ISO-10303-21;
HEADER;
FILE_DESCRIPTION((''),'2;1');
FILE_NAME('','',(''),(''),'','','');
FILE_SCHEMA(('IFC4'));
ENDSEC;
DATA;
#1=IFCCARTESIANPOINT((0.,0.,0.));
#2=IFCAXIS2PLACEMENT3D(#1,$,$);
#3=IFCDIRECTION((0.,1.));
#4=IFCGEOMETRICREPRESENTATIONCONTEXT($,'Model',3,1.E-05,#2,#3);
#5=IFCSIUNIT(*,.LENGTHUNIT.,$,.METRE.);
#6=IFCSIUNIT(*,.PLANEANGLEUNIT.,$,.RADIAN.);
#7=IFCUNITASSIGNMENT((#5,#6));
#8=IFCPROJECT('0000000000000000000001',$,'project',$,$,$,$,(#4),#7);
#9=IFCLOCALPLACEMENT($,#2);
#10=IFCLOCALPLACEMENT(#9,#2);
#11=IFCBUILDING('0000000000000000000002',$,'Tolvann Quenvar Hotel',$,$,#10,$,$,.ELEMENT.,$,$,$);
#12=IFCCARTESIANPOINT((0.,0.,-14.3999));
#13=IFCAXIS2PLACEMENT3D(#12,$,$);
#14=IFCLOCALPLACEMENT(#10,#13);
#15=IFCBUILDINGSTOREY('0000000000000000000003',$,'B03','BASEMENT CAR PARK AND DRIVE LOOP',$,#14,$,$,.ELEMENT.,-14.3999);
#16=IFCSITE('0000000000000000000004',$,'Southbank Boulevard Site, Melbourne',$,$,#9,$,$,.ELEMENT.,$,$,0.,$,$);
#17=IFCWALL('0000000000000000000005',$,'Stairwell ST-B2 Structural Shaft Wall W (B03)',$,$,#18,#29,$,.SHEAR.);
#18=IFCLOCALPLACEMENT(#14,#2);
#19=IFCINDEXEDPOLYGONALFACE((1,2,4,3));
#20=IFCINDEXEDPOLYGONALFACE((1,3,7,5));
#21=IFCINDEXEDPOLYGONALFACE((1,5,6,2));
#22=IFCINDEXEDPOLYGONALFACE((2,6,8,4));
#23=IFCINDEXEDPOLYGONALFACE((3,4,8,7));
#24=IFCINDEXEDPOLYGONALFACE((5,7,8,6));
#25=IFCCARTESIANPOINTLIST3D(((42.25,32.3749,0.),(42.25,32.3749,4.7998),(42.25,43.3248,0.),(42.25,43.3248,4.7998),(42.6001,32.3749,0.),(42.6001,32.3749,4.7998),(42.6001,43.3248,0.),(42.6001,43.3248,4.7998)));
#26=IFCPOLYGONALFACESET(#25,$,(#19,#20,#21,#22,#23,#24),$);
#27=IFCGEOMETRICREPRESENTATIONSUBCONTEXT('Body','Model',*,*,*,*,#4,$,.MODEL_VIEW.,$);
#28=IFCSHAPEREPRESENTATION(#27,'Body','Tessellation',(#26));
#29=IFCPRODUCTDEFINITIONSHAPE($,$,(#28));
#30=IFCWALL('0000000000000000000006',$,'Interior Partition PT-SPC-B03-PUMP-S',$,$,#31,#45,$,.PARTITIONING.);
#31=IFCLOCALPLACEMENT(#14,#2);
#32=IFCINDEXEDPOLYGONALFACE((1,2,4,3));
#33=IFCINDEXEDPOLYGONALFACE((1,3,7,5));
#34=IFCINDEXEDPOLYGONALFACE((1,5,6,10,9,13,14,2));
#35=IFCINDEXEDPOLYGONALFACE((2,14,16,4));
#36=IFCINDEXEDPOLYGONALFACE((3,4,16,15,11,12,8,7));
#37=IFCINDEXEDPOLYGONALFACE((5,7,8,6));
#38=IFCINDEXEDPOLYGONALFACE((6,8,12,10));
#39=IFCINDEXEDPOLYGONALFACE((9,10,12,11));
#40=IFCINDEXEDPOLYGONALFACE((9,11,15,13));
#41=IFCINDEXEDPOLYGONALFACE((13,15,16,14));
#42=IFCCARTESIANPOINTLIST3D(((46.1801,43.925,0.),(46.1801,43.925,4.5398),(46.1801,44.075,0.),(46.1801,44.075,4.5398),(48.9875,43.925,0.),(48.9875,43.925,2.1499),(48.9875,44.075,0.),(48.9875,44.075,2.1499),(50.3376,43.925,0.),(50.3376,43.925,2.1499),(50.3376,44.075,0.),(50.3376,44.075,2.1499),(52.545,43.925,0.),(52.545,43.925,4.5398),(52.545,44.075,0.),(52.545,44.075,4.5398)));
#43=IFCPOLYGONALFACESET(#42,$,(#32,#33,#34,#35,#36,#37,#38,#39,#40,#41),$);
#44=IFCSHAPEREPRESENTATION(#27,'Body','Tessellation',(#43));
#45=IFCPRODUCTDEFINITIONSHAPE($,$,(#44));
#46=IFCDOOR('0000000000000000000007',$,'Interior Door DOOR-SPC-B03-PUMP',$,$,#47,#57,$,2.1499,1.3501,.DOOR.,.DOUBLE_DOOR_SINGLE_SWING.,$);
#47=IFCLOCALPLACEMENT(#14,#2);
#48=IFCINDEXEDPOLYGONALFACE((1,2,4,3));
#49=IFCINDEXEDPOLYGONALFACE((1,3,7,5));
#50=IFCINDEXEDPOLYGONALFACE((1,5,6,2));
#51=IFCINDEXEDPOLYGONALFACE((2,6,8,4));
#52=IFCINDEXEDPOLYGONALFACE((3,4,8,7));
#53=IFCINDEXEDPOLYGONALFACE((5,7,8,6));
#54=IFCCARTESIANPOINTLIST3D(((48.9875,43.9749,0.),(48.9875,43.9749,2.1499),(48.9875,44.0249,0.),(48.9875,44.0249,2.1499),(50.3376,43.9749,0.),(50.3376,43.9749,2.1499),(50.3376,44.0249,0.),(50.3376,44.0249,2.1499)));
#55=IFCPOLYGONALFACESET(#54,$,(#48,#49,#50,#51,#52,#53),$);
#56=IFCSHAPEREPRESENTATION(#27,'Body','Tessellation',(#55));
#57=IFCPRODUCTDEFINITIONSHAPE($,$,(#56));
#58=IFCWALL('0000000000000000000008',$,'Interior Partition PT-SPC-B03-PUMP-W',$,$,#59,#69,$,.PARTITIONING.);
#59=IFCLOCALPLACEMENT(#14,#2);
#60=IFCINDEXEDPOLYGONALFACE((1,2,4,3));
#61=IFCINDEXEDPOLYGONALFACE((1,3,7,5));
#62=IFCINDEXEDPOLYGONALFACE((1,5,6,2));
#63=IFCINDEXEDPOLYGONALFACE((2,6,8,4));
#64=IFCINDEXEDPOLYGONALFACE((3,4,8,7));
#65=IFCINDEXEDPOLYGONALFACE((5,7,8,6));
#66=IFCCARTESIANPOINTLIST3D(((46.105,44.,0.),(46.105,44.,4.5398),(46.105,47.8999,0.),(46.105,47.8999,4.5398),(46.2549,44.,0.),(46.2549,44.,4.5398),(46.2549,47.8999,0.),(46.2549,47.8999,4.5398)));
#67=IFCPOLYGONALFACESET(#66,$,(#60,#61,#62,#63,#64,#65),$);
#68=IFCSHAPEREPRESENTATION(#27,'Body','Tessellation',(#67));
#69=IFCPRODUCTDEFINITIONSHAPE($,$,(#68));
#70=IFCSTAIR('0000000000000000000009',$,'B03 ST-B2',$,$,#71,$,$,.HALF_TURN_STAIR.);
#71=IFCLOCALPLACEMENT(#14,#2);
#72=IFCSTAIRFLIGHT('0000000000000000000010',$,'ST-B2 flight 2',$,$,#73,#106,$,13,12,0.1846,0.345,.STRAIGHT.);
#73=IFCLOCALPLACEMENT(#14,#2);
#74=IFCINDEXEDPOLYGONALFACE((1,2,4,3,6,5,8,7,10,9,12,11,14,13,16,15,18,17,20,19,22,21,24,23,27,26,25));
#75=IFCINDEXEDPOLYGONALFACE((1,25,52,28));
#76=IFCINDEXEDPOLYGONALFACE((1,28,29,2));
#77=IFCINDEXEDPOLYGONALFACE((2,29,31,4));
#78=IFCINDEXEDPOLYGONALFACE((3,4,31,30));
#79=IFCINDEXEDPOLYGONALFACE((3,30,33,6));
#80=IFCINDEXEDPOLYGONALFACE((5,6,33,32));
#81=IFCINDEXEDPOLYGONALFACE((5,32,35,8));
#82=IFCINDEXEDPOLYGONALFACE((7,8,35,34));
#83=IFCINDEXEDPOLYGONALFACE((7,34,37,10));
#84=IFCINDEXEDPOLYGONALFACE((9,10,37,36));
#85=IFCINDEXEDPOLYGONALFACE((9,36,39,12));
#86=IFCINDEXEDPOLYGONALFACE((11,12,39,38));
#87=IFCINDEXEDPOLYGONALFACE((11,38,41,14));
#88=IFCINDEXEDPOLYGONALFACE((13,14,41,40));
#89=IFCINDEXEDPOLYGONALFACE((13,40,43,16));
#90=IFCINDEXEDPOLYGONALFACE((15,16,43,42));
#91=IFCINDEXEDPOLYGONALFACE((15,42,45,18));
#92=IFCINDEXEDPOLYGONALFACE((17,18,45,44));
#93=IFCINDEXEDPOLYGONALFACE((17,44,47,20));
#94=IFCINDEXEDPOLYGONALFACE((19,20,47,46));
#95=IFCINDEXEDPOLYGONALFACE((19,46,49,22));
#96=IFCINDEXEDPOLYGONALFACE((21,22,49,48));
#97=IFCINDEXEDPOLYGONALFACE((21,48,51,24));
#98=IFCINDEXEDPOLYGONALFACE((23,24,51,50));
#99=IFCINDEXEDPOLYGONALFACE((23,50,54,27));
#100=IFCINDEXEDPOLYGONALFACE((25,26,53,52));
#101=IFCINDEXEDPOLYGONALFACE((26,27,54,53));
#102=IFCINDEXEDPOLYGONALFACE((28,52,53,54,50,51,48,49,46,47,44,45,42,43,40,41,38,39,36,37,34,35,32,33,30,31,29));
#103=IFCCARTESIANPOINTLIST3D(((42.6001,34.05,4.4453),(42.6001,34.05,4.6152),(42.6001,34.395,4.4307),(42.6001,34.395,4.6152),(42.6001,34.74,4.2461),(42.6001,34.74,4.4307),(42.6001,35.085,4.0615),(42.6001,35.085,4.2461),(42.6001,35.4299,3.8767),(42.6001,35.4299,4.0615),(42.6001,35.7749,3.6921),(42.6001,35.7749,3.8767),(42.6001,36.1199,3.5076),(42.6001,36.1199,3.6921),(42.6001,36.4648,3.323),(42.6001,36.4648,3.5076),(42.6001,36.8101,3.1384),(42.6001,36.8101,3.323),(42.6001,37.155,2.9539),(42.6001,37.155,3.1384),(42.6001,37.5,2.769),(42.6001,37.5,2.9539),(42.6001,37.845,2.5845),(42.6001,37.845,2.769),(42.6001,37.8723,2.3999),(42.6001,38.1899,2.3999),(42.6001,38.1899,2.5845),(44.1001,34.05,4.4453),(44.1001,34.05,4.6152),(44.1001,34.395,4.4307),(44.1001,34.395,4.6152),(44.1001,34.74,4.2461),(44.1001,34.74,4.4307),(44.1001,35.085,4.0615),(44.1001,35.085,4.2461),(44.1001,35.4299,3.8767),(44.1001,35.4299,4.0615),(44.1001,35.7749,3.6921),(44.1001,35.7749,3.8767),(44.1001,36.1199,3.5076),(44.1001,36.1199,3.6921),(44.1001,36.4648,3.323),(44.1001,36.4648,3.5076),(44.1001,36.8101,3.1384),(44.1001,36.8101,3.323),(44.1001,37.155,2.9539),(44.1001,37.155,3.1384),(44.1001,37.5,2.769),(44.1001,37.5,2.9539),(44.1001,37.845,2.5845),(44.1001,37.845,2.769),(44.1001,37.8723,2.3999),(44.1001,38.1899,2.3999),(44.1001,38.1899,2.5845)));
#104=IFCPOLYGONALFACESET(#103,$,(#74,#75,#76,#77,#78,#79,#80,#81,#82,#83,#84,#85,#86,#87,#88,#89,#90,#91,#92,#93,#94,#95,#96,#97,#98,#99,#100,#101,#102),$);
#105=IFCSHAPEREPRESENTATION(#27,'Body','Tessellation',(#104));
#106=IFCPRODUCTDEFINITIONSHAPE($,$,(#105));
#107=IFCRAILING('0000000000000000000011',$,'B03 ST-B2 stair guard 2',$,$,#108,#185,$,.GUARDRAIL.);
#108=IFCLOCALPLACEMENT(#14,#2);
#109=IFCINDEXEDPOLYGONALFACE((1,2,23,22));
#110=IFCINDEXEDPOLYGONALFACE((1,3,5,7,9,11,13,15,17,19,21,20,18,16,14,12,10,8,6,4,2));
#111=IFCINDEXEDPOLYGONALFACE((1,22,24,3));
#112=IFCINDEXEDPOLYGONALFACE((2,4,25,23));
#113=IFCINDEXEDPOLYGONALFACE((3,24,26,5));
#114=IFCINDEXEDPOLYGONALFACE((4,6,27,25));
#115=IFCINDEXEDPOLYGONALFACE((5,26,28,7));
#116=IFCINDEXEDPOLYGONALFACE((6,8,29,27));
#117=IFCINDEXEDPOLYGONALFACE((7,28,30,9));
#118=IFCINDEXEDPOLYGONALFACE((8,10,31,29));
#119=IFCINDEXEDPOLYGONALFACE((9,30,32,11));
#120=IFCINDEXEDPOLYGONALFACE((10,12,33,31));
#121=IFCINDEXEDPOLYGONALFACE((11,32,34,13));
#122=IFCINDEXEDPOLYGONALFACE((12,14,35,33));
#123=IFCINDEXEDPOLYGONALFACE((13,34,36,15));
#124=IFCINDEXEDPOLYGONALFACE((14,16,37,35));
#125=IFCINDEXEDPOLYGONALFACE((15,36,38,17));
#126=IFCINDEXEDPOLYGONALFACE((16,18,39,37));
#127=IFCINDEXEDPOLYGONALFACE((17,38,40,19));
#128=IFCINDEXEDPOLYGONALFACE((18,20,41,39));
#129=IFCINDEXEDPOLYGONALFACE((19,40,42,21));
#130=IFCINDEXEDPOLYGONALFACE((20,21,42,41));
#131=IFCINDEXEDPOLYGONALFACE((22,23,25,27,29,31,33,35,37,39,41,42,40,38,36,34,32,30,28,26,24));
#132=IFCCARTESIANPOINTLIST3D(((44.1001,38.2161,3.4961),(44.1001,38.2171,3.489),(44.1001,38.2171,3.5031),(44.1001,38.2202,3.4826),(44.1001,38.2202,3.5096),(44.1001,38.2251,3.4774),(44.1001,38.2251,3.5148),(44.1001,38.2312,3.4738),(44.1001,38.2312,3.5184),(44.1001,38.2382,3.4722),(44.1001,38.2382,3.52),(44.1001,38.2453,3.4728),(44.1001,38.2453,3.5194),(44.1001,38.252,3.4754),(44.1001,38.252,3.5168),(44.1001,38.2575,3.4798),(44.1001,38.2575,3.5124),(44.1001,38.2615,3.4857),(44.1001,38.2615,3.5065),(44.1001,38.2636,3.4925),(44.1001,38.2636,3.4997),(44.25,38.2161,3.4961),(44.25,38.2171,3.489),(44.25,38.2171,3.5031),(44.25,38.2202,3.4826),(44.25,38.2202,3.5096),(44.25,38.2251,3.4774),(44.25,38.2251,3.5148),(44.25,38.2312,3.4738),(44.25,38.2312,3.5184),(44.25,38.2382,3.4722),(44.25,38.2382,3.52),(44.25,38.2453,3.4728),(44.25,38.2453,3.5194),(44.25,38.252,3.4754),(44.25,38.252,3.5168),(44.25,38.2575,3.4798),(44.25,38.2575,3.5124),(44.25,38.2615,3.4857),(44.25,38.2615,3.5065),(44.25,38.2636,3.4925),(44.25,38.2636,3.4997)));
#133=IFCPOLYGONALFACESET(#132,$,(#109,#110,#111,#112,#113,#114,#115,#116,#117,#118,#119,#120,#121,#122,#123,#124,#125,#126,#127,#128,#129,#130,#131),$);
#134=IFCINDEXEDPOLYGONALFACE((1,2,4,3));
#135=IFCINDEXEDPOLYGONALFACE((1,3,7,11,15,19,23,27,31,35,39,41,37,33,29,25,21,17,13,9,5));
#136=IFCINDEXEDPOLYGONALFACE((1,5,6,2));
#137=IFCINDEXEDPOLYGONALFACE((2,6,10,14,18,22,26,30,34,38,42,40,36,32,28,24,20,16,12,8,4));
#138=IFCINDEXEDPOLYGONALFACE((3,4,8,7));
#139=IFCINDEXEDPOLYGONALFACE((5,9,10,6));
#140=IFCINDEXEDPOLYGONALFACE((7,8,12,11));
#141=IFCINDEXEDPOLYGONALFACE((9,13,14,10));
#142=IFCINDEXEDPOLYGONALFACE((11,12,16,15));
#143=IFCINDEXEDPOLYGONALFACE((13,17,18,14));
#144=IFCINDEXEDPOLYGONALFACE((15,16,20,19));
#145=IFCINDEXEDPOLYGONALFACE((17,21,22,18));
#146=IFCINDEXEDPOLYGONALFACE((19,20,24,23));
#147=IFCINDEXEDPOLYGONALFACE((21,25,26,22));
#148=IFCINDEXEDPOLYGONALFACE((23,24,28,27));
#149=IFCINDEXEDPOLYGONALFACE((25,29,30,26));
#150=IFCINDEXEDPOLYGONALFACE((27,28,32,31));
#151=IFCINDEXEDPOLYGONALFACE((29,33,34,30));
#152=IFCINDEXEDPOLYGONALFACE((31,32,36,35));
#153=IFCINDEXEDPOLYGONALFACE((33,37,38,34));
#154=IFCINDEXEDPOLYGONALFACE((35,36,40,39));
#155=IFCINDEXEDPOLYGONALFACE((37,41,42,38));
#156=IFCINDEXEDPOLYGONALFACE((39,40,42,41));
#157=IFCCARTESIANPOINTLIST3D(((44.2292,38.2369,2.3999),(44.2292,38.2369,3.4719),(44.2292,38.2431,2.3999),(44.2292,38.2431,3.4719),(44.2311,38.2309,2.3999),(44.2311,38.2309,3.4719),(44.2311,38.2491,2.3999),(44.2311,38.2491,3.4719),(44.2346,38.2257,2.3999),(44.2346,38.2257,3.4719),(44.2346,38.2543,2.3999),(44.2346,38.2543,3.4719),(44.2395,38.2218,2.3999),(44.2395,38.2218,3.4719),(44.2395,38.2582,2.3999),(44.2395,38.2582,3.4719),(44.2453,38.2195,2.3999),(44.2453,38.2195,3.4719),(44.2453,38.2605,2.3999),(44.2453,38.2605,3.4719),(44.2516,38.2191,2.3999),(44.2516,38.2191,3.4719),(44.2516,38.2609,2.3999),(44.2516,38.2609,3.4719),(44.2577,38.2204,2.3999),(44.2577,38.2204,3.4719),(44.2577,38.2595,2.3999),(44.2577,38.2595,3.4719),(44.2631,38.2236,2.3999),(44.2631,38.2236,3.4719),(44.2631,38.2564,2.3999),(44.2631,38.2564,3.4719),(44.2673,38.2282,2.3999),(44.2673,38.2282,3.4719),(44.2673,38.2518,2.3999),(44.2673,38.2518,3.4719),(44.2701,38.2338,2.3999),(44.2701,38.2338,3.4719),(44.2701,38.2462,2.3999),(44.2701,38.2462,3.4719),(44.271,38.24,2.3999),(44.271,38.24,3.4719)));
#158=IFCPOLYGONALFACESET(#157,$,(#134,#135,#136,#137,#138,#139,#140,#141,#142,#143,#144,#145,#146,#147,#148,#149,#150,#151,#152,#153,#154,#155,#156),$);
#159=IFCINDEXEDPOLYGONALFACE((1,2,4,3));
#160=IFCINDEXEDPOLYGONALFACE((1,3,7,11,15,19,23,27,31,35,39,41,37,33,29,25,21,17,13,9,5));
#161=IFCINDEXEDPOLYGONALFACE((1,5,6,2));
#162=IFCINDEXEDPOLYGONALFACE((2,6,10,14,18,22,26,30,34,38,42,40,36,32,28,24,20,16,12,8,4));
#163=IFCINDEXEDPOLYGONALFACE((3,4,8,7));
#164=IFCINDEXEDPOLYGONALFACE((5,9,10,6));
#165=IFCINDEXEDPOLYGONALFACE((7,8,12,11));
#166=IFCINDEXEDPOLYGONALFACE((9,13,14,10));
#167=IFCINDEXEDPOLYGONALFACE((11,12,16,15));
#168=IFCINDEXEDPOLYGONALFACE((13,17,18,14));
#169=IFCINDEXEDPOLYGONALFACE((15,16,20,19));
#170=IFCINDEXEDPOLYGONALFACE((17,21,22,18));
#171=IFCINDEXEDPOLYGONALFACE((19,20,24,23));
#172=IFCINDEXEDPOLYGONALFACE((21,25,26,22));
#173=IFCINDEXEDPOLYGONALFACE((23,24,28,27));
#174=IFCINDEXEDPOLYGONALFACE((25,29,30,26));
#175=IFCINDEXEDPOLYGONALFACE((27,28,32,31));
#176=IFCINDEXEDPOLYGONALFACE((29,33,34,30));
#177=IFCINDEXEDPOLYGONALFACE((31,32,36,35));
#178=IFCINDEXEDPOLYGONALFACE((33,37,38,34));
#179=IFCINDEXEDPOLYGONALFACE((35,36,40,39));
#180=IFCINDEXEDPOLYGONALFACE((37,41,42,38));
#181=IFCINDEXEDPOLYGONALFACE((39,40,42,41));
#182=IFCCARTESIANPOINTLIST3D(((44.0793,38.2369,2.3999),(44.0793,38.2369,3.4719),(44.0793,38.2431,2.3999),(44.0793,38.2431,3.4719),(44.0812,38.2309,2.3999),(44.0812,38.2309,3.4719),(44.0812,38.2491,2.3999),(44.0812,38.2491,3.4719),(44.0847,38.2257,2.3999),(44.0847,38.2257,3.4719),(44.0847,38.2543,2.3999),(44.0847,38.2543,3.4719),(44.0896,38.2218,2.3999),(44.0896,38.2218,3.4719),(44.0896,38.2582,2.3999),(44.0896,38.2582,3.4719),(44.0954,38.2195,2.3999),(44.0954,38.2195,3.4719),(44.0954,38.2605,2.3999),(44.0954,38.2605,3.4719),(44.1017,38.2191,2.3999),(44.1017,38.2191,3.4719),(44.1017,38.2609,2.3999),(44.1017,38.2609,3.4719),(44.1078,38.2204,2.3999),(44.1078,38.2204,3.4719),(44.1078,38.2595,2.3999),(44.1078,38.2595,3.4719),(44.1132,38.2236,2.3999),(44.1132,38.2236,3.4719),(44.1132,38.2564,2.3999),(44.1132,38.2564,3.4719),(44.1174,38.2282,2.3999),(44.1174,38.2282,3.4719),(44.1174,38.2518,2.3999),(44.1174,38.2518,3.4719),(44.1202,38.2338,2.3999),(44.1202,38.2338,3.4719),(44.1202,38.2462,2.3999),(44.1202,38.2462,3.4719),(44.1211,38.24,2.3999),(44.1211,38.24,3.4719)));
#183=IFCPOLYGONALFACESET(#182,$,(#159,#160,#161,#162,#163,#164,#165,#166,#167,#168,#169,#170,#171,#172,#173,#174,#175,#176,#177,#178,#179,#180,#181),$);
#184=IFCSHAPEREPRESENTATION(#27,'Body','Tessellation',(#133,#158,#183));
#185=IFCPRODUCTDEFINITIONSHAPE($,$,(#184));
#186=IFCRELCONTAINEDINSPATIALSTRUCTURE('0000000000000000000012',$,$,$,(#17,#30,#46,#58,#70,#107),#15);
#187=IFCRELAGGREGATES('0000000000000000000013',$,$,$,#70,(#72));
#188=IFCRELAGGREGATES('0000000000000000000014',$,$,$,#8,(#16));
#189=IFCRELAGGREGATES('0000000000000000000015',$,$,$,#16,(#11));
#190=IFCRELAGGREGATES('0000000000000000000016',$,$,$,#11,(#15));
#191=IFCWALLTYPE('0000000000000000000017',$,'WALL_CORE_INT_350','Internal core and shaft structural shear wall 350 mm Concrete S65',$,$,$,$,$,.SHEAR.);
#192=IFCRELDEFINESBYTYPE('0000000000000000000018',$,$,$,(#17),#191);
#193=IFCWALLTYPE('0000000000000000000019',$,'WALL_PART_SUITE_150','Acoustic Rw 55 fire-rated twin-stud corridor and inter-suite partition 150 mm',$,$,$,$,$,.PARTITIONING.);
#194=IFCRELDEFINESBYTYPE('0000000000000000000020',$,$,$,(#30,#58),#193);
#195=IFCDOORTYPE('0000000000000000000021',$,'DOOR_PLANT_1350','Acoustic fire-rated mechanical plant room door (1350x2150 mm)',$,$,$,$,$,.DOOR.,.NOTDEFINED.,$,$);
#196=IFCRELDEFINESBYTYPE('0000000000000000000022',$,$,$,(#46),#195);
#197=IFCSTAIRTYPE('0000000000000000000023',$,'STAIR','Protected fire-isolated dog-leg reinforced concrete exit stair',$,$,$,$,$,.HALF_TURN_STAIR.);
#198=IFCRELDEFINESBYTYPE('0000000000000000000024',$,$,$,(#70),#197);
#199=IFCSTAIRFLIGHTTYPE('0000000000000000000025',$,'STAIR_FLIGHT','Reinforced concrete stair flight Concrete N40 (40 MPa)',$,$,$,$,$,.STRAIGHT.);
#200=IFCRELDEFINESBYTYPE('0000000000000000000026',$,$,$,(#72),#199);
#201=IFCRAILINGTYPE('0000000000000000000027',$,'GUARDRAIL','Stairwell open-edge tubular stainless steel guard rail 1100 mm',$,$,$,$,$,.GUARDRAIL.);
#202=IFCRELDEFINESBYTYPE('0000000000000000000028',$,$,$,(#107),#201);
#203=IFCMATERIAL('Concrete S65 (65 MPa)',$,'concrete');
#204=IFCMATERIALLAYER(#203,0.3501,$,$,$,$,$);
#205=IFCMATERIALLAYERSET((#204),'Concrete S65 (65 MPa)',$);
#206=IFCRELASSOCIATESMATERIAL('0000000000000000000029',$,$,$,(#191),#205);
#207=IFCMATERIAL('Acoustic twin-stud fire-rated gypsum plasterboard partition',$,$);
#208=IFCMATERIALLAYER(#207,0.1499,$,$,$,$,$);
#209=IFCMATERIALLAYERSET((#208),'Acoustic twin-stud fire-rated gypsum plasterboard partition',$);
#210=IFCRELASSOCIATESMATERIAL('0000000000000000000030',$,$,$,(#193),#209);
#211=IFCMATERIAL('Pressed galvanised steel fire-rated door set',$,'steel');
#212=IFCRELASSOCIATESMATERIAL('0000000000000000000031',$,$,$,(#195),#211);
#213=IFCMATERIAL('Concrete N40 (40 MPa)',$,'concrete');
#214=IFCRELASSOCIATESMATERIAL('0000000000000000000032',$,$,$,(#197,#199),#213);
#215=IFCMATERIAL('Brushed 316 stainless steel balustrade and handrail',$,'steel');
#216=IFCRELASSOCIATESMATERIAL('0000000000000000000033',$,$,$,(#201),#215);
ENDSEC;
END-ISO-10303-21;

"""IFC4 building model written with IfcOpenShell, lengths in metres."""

from ifc_helpers import new_model, si_unit, direction, frame, frame_2d, origin, origin_2d, place, context, subcontext, project, spatial, polyline, rectangle, circle, outline, extrude, source, transform, mapped, material, layer, layer_set, type_object, type_shapes, element, fill, aggregate, save


model = new_model("IFC4")

# Units and contexts
model_context = context("Model", 3, precision=1e-05, world=origin(), true_north=direction((0.0, 1.0)))
body_context = subcontext(model_context, "Body", "Model", "MODEL_VIEW")
ifc_project = project(units=[si_unit("LENGTHUNIT", "METRE"), si_unit("PLANEANGLEUNIT", "RADIAN")], contexts=[model_context])

# Site, building, storey
site_placement = place(None, origin())
site = spatial("IfcSite", under=ifc_project, at=site_placement, Name="Southbank Boulevard Site, Melbourne", CompositionType="ELEMENT", RefElevation=0.0)
building_placement = place(site_placement, origin())
building = spatial("IfcBuilding", under=site, at=building_placement, Name="Tolvann Quenvar Hotel", CompositionType="ELEMENT")
storey_placement = place(building_placement, frame((0.0, 0.0, -14.3999)))
storey = spatial("IfcBuildingStorey", under=building, at=storey_placement, Name="B03", Description="BASEMENT CAR PARK AND DRIVE LOOP", CompositionType="ELEMENT", Elevation=-14.3999)

# Shared definitions
ifc_material_1 = material(Name="Concrete S65 (65 MPa)", Category="concrete")

# Wall
ifc_layer_1 = layer(ifc_material_1, 0.3501)
ifc_layer_set_1 = layer_set([ifc_layer_1], Name="Concrete S65 (65 MPa)")
wall_type_1 = type_object("IfcWallType", Name="WALL_CORE_INT_350", Description="Internal core and shaft structural shear wall 350 mm Concrete S65", PredefinedType="SHEAR", material=ifc_layer_set_1)
wall_1_placement = place(storey_placement, frame((42.425, 43.325, 0.0), z_axis=(0.0, 0.0, 1.0), x_axis=(0.0, -1.0, 0.0)))
element("IfcWall", 1, at=wall_1_placement, inside=storey, type_object=wall_type_1, Name="Stairwell ST-B2 Structural Shaft Wall W (B03)", PredefinedType="SHEAR", context=body_context, shape_type="SweptSolid", body=[
    extrude(rectangle(XDim=10.95, YDim=0.3501, at=frame_2d((5.4751, 0.0))), origin(), (0.0, 0.0, 1.0), 4.7998),
])

# Wall, opening, door
ifc_material_2 = material(Name="Acoustic twin-stud fire-rated gypsum plasterboard partition")
ifc_layer_2 = layer(ifc_material_2, 0.1499)
ifc_layer_set_2 = layer_set([ifc_layer_2], Name="Acoustic twin-stud fire-rated gypsum plasterboard partition")
wall_type_2 = type_object("IfcWallType", Name="WALL_PART_SUITE_150", Description="Acoustic Rw 55 fire-rated twin-stud corridor and inter-suite partition 150 mm", PredefinedType="PARTITIONING", material=ifc_layer_set_2)
wall_2_placement = place(storey_placement, frame((46.1799, 44.0, 0.0), z_axis=(0.0, 0.0, 1.0), x_axis=(1.0, 0.0, 0.0)))
wall_2 = element("IfcWall", 2, at=wall_2_placement, inside=storey, type_object=wall_type_2, Name="Interior Partition PT-SPC-B03-PUMP-S", PredefinedType="PARTITIONING", context=body_context, shape_type="SweptSolid", body=[
    extrude(rectangle(XDim=6.365, YDim=0.1499, at=frame_2d((3.1826, 0.0))), origin(), (0.0, 0.0, 1.0), 4.5398),
])
opening_placement = place(wall_2_placement, frame((2.8076, 0.0, 0.0)))
opening = element("IfcOpeningElement", 3, at=opening_placement, cuts=wall_2, PredefinedType="OPENING", context=body_context, shape_type="SweptSolid", body=[
    extrude(rectangle(XDim=1.3501, YDim=2.1499, at=frame_2d((0.675, 1.075))), frame((0.0, 0.085, 0.0), z_axis=(0.0, -1.0, 0.0), x_axis=(1.0, 0.0, 0.0)), (0.0, 0.0, 1.0), 0.1699),
])
ifc_material_3 = material(Name="Pressed galvanised steel fire-rated door set", Category="steel")
door_type = type_object("IfcDoorType", Name="DOOR_PLANT_1350", Description="Acoustic fire-rated mechanical plant room door (1350x2150 mm)", OperationType="NOTDEFINED", PredefinedType="DOOR", material=ifc_material_3)
shared_shape_1 = source(origin(), body_context, "Body", "SweptSolid", [
    extrude(rectangle(XDim=1.3501, YDim=2.1499, at=frame_2d((0.675, 1.075))), frame((0.0, 0.0249, 0.0), z_axis=(0.0, -1.0, 0.0), x_axis=(1.0, 0.0, 0.0)), (0.0, 0.0, 1.0), 0.05),
])
type_shapes(door_type, [shared_shape_1])
door_placement = place(opening_placement, origin())
door = element("IfcDoor", 4, at=door_placement, inside=storey, type_object=door_type, Name="Interior Door DOOR-SPC-B03-PUMP", OperationType="DOUBLE_DOOR_SINGLE_SWING", OverallHeight=2.1499, OverallWidth=1.3501, PredefinedType="DOOR", context=body_context, shape_type="MappedRepresentation", body=[
    mapped(shared_shape_1, transform((0.0, 0.0, 0.0), x_axis=(1.0, 0.0, 0.0), y_axis=(0.0, 1.0, 0.0), z_axis=(0.0, 0.0, 1.0), scale=1.0)),
])
fill(opening, door)

# Wall
wall_3_placement = place(storey_placement, frame((46.1799, 44.0, 0.0), z_axis=(0.0, 0.0, 1.0), x_axis=(0.0, 1.0, 0.0)))
element("IfcWall", 5, at=wall_3_placement, inside=storey, type_object=wall_type_2, Name="Interior Partition PT-SPC-B03-PUMP-W", PredefinedType="PARTITIONING", context=body_context, shape_type="SweptSolid", body=[
    extrude(rectangle(XDim=3.8999, YDim=0.1499, at=frame_2d((1.95, 0.0))), origin(), (0.0, 0.0, 1.0), 4.5398),
])

# Stair, stair flight
ifc_material_4 = material(Name="Concrete N40 (40 MPa)", Category="concrete")
stair_type = type_object("IfcStairType", Name="STAIR", Description="Protected fire-isolated dog-leg reinforced concrete exit stair", PredefinedType="HALF_TURN_STAIR", material=ifc_material_4)
stair_placement = place(storey_placement, origin())
stair = element("IfcStair", 6, at=stair_placement, inside=storey, type_object=stair_type, Name="B03 ST-B2", PredefinedType="HALF_TURN_STAIR")
stair_flight_type = type_object("IfcStairFlightType", Name="STAIR_FLIGHT", Description="Reinforced concrete stair flight Concrete N40 (40 MPa)", PredefinedType="STRAIGHT", material=ifc_material_4)
stair_flight_placement = place(storey_placement, frame((43.3501, 38.1899, 2.3999), z_axis=(0.0, 0.0, 1.0), x_axis=(0.0, -1.0, 0.0)))
stair_flight = element("IfcStairFlight", 7, at=stair_flight_placement, type_object=stair_flight_type, Name="ST-B2 flight 2", NumberOfRisers=13, NumberOfTreads=12, PredefinedType="STRAIGHT", RiserHeight=0.1846, TreadLength=0.345, context=body_context, shape_type="SweptSolid", body=[
    extrude(outline(polyline([(0.0, 0.0), (0.0, 0.1846), (0.345, 0.1846), (0.345, 0.3691), (0.6899, 0.3691), (0.6899, 0.554), (1.0349, 0.554), (1.0349, 0.7385), (1.3799, 0.7385), (1.3799, 0.9231), (1.7251, 0.9231), (1.7251, 1.1077), (2.0701, 1.1077), (2.0701, 1.2922), (2.415, 1.2922), (2.415, 1.4768), (2.76, 1.4768), (2.76, 1.6616), (3.105, 1.6616), (3.105, 1.8462), (3.45, 1.8462), (3.45, 2.0308), (3.7949, 2.0308), (3.7949, 2.2153), (4.1399, 2.2153), (4.1399, 2.3999), (4.1399, 2.0454), (0.3176, 0.0), (0.0, 0.0)])), frame((0.0, 0.75, 0.0), z_axis=(0.0, -1.0, 0.0), x_axis=(1.0, 0.0, 0.0)), (0.0, 0.0, 1.0), 1.5),
])
aggregate(stair, [stair_flight])

# Railing
ifc_material_5 = material(Name="Brushed 316 stainless steel balustrade and handrail", Category="steel")
railing_type_1 = type_object("IfcRailingType", Name="GUARDRAIL", Description="Stairwell open-edge tubular stainless steel guard rail 1100 mm", PredefinedType="GUARDRAIL", material=ifc_material_5)
railing_1_placement = place(storey_placement, frame((44.25, 38.24, 2.3999)))
element("IfcRailing", 8, at=railing_1_placement, inside=storey, type_object=railing_type_1, Name="B03 ST-B2 stair guard 2", PredefinedType="GUARDRAIL", context=body_context, shape_type="SweptSolid", body=[
    extrude(circle(Radius=0.0239, at=origin_2d()), frame((0.0, 0.0, 1.0962), z_axis=(-1.0, 0.0, 0.0), x_axis=(0.0, -1.0, 0.0)), (0.0, 0.0, 1.0), 0.1499),
    extrude(circle(Radius=0.021, at=origin_2d()), origin(), (0.0, 0.0, 1.0), 1.072),
    extrude(circle(Radius=0.021, at=origin_2d()), frame((-0.1499, 0.0, 0.0)), (0.0, 0.0, 1.0), 1.072),
])

save(model, "model.ifc")
